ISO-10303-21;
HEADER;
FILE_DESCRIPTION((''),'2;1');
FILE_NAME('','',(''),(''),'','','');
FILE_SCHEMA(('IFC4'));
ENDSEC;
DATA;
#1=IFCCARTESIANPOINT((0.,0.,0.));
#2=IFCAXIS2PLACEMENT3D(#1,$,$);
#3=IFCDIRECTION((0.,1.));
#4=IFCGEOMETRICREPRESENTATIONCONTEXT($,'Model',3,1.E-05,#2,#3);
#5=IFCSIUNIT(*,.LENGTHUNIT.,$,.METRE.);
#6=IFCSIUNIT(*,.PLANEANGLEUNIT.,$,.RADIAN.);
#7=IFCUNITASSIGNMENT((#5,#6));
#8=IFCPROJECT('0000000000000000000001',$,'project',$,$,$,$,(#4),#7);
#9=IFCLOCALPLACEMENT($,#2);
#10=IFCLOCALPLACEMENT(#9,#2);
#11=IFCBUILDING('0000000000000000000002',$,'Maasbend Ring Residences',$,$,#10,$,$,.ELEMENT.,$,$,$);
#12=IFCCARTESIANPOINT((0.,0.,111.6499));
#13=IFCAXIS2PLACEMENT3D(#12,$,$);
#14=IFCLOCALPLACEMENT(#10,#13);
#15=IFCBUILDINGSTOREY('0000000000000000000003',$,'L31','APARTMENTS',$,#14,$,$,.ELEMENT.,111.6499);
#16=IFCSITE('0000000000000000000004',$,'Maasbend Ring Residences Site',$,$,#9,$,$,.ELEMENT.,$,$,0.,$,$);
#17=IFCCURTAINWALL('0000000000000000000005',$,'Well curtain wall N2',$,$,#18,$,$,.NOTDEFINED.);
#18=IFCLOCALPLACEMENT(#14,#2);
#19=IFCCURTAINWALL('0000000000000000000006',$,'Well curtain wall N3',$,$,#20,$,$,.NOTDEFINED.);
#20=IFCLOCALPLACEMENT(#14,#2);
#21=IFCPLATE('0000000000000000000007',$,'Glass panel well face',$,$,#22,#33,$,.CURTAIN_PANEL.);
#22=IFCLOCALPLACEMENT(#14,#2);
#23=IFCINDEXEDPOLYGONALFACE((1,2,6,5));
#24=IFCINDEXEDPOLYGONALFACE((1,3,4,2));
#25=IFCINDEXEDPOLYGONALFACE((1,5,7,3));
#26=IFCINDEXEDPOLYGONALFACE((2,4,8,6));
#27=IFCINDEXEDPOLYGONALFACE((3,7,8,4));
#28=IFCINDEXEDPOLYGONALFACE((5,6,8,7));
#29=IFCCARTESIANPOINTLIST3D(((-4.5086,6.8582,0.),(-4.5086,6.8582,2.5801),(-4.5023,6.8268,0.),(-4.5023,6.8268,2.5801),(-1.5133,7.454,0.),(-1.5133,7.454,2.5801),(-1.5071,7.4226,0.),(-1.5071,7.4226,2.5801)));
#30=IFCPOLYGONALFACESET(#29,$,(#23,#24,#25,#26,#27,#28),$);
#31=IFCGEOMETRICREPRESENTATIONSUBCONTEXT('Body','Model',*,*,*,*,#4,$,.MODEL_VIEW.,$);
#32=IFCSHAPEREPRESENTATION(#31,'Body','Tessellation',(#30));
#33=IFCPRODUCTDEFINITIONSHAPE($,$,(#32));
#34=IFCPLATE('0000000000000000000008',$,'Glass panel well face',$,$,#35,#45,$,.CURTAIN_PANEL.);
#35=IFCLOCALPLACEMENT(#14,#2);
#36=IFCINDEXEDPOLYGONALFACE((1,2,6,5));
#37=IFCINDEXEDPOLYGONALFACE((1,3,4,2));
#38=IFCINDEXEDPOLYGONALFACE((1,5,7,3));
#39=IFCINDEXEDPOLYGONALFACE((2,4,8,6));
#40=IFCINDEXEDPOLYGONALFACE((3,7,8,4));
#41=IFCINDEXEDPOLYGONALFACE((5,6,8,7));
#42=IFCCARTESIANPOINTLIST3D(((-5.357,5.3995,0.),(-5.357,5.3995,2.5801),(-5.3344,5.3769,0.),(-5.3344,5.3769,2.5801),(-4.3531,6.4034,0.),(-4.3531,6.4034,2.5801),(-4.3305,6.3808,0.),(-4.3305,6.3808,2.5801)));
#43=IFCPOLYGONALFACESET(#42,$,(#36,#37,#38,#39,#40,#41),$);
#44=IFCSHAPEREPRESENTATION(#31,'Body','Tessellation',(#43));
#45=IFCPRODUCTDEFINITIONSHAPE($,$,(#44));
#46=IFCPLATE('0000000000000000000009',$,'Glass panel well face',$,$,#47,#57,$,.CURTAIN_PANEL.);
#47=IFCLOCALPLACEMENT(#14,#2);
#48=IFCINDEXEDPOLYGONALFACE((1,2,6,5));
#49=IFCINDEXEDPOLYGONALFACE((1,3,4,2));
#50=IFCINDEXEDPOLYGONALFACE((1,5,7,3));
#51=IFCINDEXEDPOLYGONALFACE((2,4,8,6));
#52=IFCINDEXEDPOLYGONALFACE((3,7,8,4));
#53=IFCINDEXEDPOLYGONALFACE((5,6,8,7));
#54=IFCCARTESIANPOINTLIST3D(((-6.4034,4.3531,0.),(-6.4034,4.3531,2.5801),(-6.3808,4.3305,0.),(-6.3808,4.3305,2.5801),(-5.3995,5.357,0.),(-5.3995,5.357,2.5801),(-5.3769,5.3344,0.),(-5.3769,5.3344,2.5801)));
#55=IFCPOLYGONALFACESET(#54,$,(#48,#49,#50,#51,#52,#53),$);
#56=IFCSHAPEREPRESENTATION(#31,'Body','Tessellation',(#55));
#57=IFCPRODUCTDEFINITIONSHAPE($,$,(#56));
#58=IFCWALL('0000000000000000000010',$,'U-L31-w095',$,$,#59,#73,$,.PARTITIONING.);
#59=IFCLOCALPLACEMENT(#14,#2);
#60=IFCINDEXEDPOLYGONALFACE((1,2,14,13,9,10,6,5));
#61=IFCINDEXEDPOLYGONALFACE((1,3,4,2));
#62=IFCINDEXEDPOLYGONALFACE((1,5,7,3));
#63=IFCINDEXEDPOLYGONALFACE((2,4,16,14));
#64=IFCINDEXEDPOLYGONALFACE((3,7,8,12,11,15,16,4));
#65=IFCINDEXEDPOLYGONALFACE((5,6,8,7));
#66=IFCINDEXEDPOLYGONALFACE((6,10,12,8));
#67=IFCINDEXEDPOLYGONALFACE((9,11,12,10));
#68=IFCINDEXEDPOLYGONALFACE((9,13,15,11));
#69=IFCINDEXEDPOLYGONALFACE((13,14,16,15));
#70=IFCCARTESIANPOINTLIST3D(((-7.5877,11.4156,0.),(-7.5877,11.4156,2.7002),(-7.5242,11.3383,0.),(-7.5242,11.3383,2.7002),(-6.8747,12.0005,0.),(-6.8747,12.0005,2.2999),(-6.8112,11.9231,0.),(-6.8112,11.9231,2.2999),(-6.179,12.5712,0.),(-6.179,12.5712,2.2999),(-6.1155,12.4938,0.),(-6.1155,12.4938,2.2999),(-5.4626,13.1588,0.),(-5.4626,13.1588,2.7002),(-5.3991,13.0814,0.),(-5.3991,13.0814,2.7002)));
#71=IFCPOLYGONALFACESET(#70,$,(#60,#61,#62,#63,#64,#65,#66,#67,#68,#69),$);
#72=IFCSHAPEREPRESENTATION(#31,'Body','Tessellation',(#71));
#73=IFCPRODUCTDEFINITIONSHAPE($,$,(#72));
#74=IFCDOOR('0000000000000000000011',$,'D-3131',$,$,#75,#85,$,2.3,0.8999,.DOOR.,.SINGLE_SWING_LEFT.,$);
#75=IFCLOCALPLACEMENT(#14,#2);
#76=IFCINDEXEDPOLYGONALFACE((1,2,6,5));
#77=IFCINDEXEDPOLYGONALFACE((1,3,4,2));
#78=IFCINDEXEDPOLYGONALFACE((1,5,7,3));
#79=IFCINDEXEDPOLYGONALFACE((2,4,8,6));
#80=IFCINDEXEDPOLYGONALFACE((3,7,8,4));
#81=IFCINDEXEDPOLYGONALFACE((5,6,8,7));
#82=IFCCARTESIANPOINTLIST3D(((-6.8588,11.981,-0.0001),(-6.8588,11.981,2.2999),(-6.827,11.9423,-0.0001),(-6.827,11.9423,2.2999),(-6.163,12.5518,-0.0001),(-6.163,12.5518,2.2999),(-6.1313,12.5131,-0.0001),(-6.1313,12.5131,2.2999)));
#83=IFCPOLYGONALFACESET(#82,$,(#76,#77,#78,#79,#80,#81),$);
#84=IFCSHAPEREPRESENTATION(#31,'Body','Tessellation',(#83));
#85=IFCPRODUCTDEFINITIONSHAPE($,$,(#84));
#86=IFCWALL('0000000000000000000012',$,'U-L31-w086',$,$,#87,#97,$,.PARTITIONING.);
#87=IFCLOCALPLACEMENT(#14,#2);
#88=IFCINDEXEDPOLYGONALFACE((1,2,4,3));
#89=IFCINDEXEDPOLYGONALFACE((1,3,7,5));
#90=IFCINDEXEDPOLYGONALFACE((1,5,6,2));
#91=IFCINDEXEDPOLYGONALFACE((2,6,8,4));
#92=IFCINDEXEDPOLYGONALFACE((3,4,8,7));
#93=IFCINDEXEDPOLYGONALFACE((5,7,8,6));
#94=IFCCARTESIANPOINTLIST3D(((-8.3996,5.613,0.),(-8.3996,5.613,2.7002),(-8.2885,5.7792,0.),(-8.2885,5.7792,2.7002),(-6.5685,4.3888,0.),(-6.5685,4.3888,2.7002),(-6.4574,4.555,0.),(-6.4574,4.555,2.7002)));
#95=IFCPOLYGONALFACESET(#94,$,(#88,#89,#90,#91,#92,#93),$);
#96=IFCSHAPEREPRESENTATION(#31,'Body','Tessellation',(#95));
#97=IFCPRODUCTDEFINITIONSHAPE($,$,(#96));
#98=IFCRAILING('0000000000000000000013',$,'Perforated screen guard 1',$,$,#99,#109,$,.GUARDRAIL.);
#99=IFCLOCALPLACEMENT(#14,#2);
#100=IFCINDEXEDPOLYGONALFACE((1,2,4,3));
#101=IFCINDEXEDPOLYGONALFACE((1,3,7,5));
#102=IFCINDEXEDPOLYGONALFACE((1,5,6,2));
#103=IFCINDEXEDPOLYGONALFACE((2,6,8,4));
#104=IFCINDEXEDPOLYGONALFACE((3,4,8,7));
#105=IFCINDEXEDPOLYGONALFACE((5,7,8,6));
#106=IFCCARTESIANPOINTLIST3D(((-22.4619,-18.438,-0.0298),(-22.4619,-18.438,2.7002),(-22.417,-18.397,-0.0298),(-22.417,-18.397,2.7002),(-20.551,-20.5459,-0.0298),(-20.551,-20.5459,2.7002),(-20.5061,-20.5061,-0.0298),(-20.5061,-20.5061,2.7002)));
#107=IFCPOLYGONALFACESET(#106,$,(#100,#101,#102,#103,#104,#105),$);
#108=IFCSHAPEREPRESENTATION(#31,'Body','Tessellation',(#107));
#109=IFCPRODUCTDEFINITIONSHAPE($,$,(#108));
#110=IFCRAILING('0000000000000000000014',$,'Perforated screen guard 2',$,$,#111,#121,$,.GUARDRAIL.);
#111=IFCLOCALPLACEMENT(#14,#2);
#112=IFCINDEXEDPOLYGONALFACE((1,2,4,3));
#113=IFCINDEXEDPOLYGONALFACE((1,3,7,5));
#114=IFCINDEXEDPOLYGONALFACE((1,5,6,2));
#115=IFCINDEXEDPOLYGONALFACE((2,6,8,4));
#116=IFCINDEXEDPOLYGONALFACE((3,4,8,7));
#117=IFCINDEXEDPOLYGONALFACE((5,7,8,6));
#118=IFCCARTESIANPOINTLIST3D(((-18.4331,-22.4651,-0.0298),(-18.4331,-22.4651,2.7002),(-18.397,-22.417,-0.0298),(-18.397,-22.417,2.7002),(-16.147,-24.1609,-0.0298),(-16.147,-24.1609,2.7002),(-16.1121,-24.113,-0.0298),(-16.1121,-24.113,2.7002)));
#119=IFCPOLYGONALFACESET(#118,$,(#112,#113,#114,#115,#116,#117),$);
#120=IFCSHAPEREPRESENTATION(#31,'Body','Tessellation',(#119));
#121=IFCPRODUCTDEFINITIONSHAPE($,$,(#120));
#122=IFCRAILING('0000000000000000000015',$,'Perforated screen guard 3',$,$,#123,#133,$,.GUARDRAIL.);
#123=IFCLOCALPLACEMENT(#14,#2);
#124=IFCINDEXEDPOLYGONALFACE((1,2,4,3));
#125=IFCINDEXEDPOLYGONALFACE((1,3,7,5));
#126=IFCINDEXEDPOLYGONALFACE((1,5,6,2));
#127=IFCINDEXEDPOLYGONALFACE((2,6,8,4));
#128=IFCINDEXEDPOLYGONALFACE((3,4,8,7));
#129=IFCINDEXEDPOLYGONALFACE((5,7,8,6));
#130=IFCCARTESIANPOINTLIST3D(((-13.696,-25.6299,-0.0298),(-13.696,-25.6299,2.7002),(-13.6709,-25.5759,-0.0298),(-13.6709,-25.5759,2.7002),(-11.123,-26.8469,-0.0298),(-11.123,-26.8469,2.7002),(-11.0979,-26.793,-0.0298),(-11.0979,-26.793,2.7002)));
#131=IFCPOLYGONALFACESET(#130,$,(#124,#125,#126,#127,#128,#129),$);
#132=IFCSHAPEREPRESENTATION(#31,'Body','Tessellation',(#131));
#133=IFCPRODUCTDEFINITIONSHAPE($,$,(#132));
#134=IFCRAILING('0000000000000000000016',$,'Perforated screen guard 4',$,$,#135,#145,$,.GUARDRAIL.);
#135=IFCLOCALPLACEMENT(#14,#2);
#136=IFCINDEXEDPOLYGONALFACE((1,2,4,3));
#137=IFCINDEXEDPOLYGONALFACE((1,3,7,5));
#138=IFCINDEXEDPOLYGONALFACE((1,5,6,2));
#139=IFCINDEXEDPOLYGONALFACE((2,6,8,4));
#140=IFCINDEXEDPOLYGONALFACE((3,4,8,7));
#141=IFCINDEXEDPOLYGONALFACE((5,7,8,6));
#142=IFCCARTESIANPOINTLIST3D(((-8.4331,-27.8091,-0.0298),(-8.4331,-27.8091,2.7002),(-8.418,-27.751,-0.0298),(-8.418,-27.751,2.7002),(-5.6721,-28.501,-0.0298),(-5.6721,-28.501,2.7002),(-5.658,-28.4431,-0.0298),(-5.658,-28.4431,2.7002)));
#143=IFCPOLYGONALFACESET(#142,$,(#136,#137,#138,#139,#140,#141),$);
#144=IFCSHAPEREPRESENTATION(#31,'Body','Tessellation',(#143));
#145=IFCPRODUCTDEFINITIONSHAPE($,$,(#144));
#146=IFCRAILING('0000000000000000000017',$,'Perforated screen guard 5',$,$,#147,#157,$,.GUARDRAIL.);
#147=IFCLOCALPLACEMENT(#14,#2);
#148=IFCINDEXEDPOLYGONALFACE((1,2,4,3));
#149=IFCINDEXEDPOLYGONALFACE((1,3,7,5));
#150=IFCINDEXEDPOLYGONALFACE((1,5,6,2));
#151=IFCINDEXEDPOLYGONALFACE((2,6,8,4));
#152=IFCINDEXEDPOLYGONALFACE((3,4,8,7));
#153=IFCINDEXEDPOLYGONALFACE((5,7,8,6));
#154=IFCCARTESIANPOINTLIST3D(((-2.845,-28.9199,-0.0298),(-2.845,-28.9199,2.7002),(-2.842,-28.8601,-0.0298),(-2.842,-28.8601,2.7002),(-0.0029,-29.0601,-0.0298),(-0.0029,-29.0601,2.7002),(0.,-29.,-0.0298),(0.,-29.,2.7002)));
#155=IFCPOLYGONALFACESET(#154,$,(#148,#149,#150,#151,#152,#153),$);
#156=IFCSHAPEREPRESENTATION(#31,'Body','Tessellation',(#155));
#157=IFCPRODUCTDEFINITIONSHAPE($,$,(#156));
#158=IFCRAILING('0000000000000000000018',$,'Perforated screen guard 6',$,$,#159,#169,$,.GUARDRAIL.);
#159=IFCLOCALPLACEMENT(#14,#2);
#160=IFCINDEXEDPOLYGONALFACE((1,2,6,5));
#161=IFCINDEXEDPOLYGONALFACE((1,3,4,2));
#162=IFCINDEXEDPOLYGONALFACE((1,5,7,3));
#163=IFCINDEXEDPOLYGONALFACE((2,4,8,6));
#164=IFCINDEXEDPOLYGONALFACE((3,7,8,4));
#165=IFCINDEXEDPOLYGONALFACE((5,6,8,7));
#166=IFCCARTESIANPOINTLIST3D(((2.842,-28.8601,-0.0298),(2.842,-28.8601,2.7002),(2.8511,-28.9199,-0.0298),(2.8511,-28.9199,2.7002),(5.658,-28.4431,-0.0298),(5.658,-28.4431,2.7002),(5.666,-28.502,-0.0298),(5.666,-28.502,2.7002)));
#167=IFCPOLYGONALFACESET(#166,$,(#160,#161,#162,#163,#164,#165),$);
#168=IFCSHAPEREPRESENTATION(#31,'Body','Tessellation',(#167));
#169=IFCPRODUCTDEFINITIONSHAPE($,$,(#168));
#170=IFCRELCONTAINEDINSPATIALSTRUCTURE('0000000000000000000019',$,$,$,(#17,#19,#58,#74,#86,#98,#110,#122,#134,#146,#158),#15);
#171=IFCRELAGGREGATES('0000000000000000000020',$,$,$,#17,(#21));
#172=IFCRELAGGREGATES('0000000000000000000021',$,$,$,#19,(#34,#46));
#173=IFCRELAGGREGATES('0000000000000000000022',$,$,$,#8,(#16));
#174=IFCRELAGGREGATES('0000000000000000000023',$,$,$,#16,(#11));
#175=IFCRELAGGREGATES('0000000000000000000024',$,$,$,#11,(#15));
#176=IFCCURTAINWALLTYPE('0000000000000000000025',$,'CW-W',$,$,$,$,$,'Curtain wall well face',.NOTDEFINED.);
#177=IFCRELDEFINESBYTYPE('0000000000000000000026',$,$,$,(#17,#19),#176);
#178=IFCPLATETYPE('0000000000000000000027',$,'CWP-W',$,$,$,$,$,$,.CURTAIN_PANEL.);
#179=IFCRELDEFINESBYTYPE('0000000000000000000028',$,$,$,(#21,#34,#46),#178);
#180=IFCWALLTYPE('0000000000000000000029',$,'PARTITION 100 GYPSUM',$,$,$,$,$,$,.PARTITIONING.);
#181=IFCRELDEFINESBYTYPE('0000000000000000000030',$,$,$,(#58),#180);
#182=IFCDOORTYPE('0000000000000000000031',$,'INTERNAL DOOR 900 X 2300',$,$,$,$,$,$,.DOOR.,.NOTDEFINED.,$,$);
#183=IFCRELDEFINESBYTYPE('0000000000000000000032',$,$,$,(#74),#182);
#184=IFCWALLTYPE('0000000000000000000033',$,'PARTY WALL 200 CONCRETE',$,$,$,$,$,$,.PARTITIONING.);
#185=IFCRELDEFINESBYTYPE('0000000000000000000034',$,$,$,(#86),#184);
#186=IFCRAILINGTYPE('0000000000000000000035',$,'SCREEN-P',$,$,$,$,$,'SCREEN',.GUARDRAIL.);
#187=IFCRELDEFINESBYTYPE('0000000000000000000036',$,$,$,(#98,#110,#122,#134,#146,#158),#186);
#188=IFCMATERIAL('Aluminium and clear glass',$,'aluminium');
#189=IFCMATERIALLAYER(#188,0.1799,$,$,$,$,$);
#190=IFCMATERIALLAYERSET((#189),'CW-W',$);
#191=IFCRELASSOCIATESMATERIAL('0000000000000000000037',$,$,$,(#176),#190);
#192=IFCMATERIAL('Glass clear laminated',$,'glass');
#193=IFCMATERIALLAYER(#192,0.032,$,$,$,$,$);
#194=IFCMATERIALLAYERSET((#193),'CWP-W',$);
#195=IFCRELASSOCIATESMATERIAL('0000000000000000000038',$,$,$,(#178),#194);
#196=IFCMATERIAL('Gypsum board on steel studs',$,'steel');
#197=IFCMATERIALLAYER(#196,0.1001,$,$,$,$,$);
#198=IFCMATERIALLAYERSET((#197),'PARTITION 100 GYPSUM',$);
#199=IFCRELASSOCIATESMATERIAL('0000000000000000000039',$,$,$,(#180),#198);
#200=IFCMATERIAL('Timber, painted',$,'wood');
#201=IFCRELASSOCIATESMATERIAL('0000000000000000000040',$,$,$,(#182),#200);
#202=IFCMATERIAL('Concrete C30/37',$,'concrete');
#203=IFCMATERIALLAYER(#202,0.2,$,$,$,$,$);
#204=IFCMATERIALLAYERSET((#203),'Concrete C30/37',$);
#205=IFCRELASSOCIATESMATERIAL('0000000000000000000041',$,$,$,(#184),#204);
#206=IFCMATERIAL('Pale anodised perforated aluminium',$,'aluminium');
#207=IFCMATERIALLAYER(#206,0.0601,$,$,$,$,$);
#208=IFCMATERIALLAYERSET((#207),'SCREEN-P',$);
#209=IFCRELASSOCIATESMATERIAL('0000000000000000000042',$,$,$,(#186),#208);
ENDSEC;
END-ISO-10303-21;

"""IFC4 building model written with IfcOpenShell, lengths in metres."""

from ifc_helpers import new_model, si_unit, direction, frame, frame_2d, origin, origin_2d, place, context, subcontext, project, spatial, polyline, rectangle, outline, extrude, material, layer, layer_set, type_object, element, fill, aggregate, save


model = new_model("IFC4")

# Units and contexts
model_context = context("Model", 3, precision=1e-05, world=origin(), true_north=direction((0.0, 1.0)))
body_context = subcontext(model_context, "Body", "Model", "MODEL_VIEW")
ifc_project = project(units=[si_unit("LENGTHUNIT", "METRE"), si_unit("PLANEANGLEUNIT", "RADIAN")], contexts=[model_context])

# Site, building, storey
site_placement = place(None, origin())
site = spatial("IfcSite", under=ifc_project, at=site_placement, Name="Maasbend Ring Residences Site", CompositionType="ELEMENT", RefElevation=0.0)
building_placement = place(site_placement, origin())
building = spatial("IfcBuilding", under=site, at=building_placement, Name="Maasbend Ring Residences", CompositionType="ELEMENT")
storey_placement = place(building_placement, frame((0.0, 0.0, 111.6499)))
storey = spatial("IfcBuildingStorey", under=building, at=storey_placement, Name="L31", Description="APARTMENTS", CompositionType="ELEMENT", Elevation=111.6499)

# Curtain walls
ifc_material_1 = material(Name="Aluminium and clear glass", Category="aluminium")
ifc_layer_1 = layer(ifc_material_1, 0.1799)
ifc_layer_set_1 = layer_set([ifc_layer_1], Name="CW-W")
curtain_wall_type = type_object("IfcCurtainWallType", Name="CW-W", ElementType="Curtain wall well face", PredefinedType="NOTDEFINED", material=ifc_layer_set_1)
curtain_wall_1_placement = place(storey_placement, origin())
curtain_wall_1 = element("IfcCurtainWall", 1, at=curtain_wall_1_placement, inside=storey, type_object=curtain_wall_type, Name="Well curtain wall N2", PredefinedType="NOTDEFINED")
curtain_wall_2_placement = place(storey_placement, origin())
curtain_wall_2 = element("IfcCurtainWall", 2, at=curtain_wall_2_placement, inside=storey, type_object=curtain_wall_type, Name="Well curtain wall N3", PredefinedType="NOTDEFINED")

# Plates
ifc_material_2 = material(Name="Glass clear laminated", Category="glass")
ifc_layer_2 = layer(ifc_material_2, 0.032)
ifc_layer_set_2 = layer_set([ifc_layer_2], Name="CWP-W")
plate_type = type_object("IfcPlateType", Name="CWP-W", PredefinedType="CURTAIN_PANEL", material=ifc_layer_set_2)
plate_1_placement = place(storey_placement, frame((-3.0078, 7.1404, 0.0), z_axis=(0.0, 0.0, 1.0), x_axis=(-0.980785, -0.19509, 0.0)))
plate_1 = element("IfcPlate", 3, at=plate_1_placement, type_object=plate_type, Name="Glass panel well face", PredefinedType="CURTAIN_PANEL", context=body_context, shape_type="SweptSolid", body=[
    extrude(rectangle(XDim=3.054, YDim=0.032, at=origin_2d()), origin(), (0.0, 0.0, 1.0), 2.5801),
])
aggregate(curtain_wall_1, [plate_1])
plate_2_placement = place(storey_placement, frame((-4.8438, 5.8901, 0.0), z_axis=(0.0, 0.0, 1.0), x_axis=(-0.707107, -0.707107, 0.0)))
plate_2 = element("IfcPlate", 4, at=plate_2_placement, type_object=plate_type, Name="Glass panel well face", PredefinedType="CURTAIN_PANEL", context=body_context, shape_type="SweptSolid", body=[
    extrude(rectangle(XDim=1.4197, YDim=0.032, at=origin_2d()), origin(), (0.0, 0.0, 1.0), 2.5801),
])
plate_3_placement = place(storey_placement, frame((-5.8901, 4.8438, 0.0), z_axis=(0.0, 0.0, 1.0), x_axis=(-0.707107, -0.707107, 0.0)))
plate_3 = element("IfcPlate", 5, at=plate_3_placement, type_object=plate_type, Name="Glass panel well face", PredefinedType="CURTAIN_PANEL", context=body_context, shape_type="SweptSolid", body=[
    extrude(rectangle(XDim=1.4197, YDim=0.032, at=origin_2d()), origin(), (0.0, 0.0, 1.0), 2.5801),
])
aggregate(curtain_wall_2, [plate_2, plate_3])

# Wall, opening, door
ifc_material_3 = material(Name="Gypsum board on steel studs", Category="steel")
ifc_layer_3 = layer(ifc_material_3, 0.1001)
ifc_layer_set_3 = layer_set([ifc_layer_3], Name="PARTITION 100 GYPSUM")
wall_type_1 = type_object("IfcWallType", Name="PARTITION 100 GYPSUM", PredefinedType="PARTITIONING", material=ifc_layer_set_3)
wall_1_placement = place(storey_placement, frame((-7.5559, 11.377, 0.0), z_axis=(0.0, 0.0, 1.0), x_axis=(0.773149, 0.634224, 0.0)))
wall_1 = element("IfcWall", 6, at=wall_1_placement, inside=storey, type_object=wall_type_1, Name="U-L31-w095", PredefinedType="PARTITIONING", context=body_context, shape_type="SweptSolid", body=[
    extrude(rectangle(XDim=2.7485, YDim=0.1001, at=frame_2d((1.3743, 0.0))), origin(), (0.0, 0.0, 1.0), 2.7002),
])
opening_placement = place(wall_1_placement, frame((0.9221, 0.0, 0.0)))
opening = element("IfcOpeningElement", 7, at=opening_placement, cuts=wall_1, PredefinedType="OPENING", context=body_context, shape_type="SweptSolid", body=[
    extrude(rectangle(XDim=0.8999, YDim=2.3, at=frame_2d((0.45, 1.1499))), frame((0.0, 0.0601, 0.0), z_axis=(0.0, -1.0, 0.0), x_axis=(1.0, 0.0, 0.0)), (0.0, 0.0, 1.0), 0.1201),
])
ifc_material_4 = material(Name="Timber, painted", Category="wood")
door_type = type_object("IfcDoorType", Name="INTERNAL DOOR 900 X 2300", OperationType="NOTDEFINED", PredefinedType="DOOR", material=ifc_material_4)
door_placement = place(opening_placement, origin())
door = element("IfcDoor", 8, at=door_placement, inside=storey, type_object=door_type, Name="D-3131", OperationType="SINGLE_SWING_LEFT", OverallHeight=2.3, OverallWidth=0.8999, PredefinedType="DOOR", context=body_context, shape_type="SweptSolid", body=[
    extrude(rectangle(XDim=0.8999, YDim=2.3, at=frame_2d((0.45, 1.1499))), frame((0.0, 0.0249, 0.0), z_axis=(0.0, -1.0, 0.0), x_axis=(1.0, 0.0, 0.0)), (0.0, 0.0, 1.0), 0.05),
])
fill(opening, door)

# Wall
ifc_material_5 = material(Name="Concrete C30/37", Category="concrete")
ifc_layer_4 = layer(ifc_material_5, 0.2)
ifc_layer_set_4 = layer_set([ifc_layer_4], Name="Concrete C30/37")
wall_type_2 = type_object("IfcWallType", Name="PARTY WALL 200 CONCRETE", PredefinedType="PARTITIONING", material=ifc_layer_set_4)
wall_2_placement = place(storey_placement, frame((-6.5129, 4.4719, 0.0), z_axis=(0.0, 0.0, 1.0), x_axis=(-0.831333, 0.555774, 0.0)))
element("IfcWall", 9, at=wall_2_placement, inside=storey, type_object=wall_type_2, Name="U-L31-w086", PredefinedType="PARTITIONING", context=body_context, shape_type="SweptSolid", body=[
    extrude(rectangle(XDim=2.2026, YDim=0.2, at=frame_2d((1.1013, 0.0))), origin(), (0.0, 0.0, 1.0), 2.7002),
])

# Railings
ifc_material_6 = material(Name="Pale anodised perforated aluminium", Category="aluminium")
ifc_layer_5 = layer(ifc_material_6, 0.0601)
ifc_layer_set_5 = layer_set([ifc_layer_5], Name="SCREEN-P")
railing_type = type_object("IfcRailingType", Name="SCREEN-P", ElementType="SCREEN", PredefinedType="GUARDRAIL", material=ifc_layer_set_5)
railing_1_placement = place(storey_placement, frame((0.0, 0.0, -0.0298)))
element("IfcRailing", 10, at=railing_1_placement, inside=storey, type_object=railing_type, Name="Perforated screen guard 1", PredefinedType="GUARDRAIL", context=body_context, shape_type="SweptSolid", body=[
    extrude(outline(polyline([(-22.417, -18.397), (-20.5061, -20.5061), (-20.551, -20.5459), (-22.4619, -18.438), (-22.417, -18.397)])), origin(), (0.0, 0.0, 1.0), 2.73),
])
railing_2_placement = place(storey_placement, frame((0.0, 0.0, -0.0298)))
element("IfcRailing", 11, at=railing_2_placement, inside=storey, type_object=railing_type, Name="Perforated screen guard 2", PredefinedType="GUARDRAIL", context=body_context, shape_type="SweptSolid", body=[
    extrude(outline(polyline([(-18.397, -22.417), (-16.1121, -24.113), (-16.147, -24.1609), (-18.4331, -22.4651), (-18.397, -22.417)])), origin(), (0.0, 0.0, 1.0), 2.73),
])
railing_3_placement = place(storey_placement, frame((0.0, 0.0, -0.0298)))
element("IfcRailing", 12, at=railing_3_placement, inside=storey, type_object=railing_type, Name="Perforated screen guard 3", PredefinedType="GUARDRAIL", context=body_context, shape_type="SweptSolid", body=[
    extrude(outline(polyline([(-13.6709, -25.5759), (-11.0979, -26.793), (-11.123, -26.8469), (-13.696, -25.6299), (-13.6709, -25.5759)])), origin(), (0.0, 0.0, 1.0), 2.73),
])
railing_4_placement = place(storey_placement, frame((0.0, 0.0, -0.0298)))
element("IfcRailing", 13, at=railing_4_placement, inside=storey, type_object=railing_type, Name="Perforated screen guard 4", PredefinedType="GUARDRAIL", context=body_context, shape_type="SweptSolid", body=[
    extrude(outline(polyline([(-8.418, -27.751), (-5.658, -28.4431), (-5.6721, -28.501), (-8.4331, -27.8091), (-8.418, -27.751)])), origin(), (0.0, 0.0, 1.0), 2.73),
])
railing_5_placement = place(storey_placement, frame((0.0, 0.0, -0.0298)))
element("IfcRailing", 14, at=railing_5_placement, inside=storey, type_object=railing_type, Name="Perforated screen guard 5", PredefinedType="GUARDRAIL", context=body_context, shape_type="SweptSolid", body=[
    extrude(outline(polyline([(-2.842, -28.8601), (0.0, -29.0), (-0.0029, -29.0601), (-2.845, -28.9199), (-2.842, -28.8601)])), origin(), (0.0, 0.0, 1.0), 2.73),
])
railing_6_placement = place(storey_placement, frame((0.0, 0.0, -0.0298)))
element("IfcRailing", 15, at=railing_6_placement, inside=storey, type_object=railing_type, Name="Perforated screen guard 6", PredefinedType="GUARDRAIL", context=body_context, shape_type="SweptSolid", body=[
    extrude(outline(polyline([(2.842, -28.8601), (5.658, -28.4431), (5.666, -28.502), (2.8511, -28.9199), (2.842, -28.8601)])), origin(), (0.0, 0.0, 1.0), 2.73),
])

save(model, "model.ifc")
